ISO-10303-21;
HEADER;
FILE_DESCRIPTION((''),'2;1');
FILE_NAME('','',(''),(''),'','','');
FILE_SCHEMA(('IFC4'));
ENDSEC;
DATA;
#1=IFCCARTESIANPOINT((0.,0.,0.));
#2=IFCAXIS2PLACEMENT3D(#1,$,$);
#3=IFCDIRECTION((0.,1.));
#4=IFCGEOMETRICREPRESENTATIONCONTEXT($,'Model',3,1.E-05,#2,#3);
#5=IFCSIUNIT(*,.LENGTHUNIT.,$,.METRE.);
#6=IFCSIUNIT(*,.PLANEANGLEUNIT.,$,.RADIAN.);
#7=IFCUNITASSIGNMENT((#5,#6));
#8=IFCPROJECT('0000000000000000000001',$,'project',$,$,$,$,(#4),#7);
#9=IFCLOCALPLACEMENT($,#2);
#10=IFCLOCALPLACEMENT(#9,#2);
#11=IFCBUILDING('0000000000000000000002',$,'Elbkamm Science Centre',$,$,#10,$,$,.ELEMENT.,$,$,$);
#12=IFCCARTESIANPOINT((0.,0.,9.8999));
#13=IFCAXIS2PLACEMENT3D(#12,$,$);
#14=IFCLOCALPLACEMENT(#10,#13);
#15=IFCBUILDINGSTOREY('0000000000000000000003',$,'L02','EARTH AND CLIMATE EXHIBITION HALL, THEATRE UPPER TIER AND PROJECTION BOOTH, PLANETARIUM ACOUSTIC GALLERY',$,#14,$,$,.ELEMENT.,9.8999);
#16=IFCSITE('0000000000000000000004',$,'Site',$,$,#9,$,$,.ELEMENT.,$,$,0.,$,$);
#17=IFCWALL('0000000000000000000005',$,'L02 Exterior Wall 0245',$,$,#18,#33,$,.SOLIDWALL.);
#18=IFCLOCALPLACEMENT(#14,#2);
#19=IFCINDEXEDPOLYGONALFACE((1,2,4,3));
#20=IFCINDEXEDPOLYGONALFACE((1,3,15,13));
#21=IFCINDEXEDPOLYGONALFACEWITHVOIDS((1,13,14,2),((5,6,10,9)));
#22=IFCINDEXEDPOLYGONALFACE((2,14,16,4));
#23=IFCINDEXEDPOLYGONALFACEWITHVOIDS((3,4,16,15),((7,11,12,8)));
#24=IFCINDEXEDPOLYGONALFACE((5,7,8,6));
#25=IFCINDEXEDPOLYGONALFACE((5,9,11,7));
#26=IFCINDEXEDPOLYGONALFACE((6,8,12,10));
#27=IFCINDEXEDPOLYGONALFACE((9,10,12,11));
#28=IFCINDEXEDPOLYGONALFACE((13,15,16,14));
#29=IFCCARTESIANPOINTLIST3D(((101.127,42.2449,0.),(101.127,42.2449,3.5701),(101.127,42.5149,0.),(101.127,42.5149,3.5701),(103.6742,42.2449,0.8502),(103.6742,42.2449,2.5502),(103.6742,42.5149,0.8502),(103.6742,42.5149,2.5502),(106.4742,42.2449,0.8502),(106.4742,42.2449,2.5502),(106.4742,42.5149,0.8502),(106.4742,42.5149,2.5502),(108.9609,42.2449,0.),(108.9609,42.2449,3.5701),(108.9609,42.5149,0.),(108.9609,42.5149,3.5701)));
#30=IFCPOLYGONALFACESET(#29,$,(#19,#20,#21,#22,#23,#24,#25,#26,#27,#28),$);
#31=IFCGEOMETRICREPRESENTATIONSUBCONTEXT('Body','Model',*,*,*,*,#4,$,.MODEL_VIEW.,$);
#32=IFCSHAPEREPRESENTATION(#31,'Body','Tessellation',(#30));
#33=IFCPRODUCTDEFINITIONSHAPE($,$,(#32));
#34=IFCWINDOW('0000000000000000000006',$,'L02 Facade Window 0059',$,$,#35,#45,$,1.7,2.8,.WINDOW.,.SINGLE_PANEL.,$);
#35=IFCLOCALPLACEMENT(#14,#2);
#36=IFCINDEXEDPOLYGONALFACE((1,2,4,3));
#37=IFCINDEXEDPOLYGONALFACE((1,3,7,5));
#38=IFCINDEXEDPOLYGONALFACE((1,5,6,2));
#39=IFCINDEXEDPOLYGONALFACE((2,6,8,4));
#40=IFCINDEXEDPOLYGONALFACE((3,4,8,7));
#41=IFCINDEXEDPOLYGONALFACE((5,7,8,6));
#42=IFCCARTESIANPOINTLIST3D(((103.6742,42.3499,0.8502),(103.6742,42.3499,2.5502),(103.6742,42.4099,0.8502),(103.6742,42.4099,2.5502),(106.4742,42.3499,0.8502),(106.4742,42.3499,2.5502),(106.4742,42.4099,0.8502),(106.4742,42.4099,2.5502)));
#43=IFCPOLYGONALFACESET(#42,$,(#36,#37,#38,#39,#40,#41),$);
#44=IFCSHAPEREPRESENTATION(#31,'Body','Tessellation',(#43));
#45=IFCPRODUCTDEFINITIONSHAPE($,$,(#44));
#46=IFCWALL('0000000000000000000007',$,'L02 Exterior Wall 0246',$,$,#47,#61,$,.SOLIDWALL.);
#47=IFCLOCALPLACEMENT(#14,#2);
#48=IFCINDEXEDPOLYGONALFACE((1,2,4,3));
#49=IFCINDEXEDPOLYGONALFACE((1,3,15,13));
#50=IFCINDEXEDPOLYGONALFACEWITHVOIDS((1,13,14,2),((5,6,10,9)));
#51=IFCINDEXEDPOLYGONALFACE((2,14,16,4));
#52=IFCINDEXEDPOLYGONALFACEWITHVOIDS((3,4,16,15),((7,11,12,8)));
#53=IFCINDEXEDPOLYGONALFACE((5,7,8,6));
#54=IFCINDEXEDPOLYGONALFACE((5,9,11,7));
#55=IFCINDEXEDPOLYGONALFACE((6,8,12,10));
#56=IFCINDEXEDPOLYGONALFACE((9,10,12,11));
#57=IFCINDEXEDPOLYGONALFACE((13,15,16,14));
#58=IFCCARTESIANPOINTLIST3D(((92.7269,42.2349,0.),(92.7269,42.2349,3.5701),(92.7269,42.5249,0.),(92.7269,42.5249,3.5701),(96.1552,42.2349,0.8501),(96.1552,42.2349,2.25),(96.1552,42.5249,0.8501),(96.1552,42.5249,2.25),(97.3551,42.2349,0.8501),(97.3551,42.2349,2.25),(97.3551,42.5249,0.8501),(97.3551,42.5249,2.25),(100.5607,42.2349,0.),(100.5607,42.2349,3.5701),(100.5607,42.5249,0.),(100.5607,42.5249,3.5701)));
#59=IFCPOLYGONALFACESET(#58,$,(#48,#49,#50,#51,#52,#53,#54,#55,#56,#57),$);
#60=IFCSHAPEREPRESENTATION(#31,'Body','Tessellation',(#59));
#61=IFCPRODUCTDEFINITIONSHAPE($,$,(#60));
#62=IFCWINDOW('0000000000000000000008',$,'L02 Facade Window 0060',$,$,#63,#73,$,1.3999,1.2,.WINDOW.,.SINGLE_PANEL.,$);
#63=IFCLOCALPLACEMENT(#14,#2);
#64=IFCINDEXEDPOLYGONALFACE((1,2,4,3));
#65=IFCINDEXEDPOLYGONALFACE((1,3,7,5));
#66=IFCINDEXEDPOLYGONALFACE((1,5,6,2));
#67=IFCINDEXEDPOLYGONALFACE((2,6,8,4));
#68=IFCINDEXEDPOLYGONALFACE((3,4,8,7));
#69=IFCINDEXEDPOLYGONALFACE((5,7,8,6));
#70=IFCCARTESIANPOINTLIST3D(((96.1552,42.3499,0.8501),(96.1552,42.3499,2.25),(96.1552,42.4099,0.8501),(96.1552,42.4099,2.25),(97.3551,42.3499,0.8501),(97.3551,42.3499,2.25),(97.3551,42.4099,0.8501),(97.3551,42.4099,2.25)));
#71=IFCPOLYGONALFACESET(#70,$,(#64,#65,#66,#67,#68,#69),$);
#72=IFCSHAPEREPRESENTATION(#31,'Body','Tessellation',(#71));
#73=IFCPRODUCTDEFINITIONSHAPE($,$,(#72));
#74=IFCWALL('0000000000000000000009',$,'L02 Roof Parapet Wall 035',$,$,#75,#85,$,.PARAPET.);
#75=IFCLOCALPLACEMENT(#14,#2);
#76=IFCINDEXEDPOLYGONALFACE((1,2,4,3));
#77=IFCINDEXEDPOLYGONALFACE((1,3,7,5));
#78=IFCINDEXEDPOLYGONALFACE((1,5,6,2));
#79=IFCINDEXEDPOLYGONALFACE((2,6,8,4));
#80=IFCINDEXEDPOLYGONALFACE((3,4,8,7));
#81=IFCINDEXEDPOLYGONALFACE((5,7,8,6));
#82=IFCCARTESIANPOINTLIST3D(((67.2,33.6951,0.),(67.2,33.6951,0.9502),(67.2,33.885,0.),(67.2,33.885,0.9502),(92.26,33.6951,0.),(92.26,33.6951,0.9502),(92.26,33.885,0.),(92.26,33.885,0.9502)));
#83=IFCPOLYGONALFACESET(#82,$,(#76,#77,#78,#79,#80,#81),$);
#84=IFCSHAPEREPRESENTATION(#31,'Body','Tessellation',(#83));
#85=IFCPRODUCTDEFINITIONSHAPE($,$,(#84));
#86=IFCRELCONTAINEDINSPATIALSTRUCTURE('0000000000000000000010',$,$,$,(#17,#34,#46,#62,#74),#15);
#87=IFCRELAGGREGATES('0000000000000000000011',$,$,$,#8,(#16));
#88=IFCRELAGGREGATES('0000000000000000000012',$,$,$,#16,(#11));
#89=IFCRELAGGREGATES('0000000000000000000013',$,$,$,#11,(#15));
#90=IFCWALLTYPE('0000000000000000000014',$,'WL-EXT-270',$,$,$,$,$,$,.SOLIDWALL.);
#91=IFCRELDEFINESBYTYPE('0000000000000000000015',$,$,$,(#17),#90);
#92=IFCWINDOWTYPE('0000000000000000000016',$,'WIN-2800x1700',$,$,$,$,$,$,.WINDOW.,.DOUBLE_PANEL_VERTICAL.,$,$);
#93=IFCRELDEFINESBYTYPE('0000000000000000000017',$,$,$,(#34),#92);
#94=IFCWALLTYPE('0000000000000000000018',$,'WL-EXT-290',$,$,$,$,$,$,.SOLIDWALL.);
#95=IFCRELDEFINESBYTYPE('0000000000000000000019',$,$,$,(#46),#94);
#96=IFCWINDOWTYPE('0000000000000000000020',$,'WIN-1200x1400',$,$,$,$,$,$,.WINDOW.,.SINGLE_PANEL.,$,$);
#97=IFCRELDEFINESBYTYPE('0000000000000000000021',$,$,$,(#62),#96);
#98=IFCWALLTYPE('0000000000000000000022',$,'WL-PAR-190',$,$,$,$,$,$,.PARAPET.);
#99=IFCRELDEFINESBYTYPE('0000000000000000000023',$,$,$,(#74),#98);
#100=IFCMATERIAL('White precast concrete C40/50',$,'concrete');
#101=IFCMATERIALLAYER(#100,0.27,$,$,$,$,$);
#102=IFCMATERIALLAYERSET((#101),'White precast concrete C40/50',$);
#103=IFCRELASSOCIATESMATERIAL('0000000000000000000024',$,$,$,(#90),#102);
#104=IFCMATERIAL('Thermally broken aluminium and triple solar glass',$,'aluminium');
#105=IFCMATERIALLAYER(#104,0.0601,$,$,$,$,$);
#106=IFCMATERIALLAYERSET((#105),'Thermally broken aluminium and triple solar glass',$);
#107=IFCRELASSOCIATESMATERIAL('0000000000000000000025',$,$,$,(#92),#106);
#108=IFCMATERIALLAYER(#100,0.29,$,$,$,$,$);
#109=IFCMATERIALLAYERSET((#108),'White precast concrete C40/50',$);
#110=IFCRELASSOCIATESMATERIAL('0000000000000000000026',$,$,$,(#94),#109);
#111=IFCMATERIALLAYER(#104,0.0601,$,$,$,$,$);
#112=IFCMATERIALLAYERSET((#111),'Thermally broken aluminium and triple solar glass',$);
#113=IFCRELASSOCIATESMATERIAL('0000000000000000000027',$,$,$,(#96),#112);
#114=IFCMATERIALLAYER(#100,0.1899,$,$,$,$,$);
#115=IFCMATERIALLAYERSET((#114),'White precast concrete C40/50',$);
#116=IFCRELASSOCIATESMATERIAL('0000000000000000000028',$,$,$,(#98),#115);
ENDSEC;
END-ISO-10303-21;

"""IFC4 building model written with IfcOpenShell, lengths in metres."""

from ifc_helpers import new_model, si_unit, direction, frame, frame_2d, origin, place, context, subcontext, project, spatial, rectangle, extrude, material, layer, layer_set, type_object, element, fill, save


model = new_model("IFC4")

# Units and contexts
model_context = context("Model", 3, precision=1e-05, world=origin(), true_north=direction((0.0, 1.0)))
body_context = subcontext(model_context, "Body", "Model", "MODEL_VIEW")
ifc_project = project(units=[si_unit("LENGTHUNIT", "METRE"), si_unit("PLANEANGLEUNIT", "RADIAN")], contexts=[model_context])

# Site, building, storey
site_placement = place(None, origin())
site = spatial("IfcSite", under=ifc_project, at=site_placement, Name="Site", CompositionType="ELEMENT", RefElevation=0.0)
building_placement = place(site_placement, origin())
building = spatial("IfcBuilding", under=site, at=building_placement, Name="Elbkamm Science Centre", CompositionType="ELEMENT")
storey_placement = place(building_placement, frame((0.0, 0.0, 9.8999)))
storey = spatial("IfcBuildingStorey", under=building, at=storey_placement, Name="L02", Description="EARTH AND CLIMATE EXHIBITION HALL, THEATRE UPPER TIER AND PROJECTION BOOTH, PLANETARIUM ACOUSTIC GALLERY", CompositionType="ELEMENT", Elevation=9.8999)

# Walls, openings, windows
ifc_material_1 = material(Name="White precast concrete C40/50", Category="concrete")
ifc_layer_1 = layer(ifc_material_1, 0.27)
ifc_layer_set_1 = layer_set([ifc_layer_1], Name="White precast concrete C40/50")
wall_type_1 = type_object("IfcWallType", Name="WL-EXT-270", PredefinedType="SOLIDWALL", material=ifc_layer_set_1)
wall_1_placement = place(storey_placement, frame((108.9609, 42.3799, 0.0), z_axis=(0.0, 0.0, 1.0), x_axis=(-1.0, 0.0, 0.0)))
wall_1 = element("IfcWall", 1, at=wall_1_placement, inside=storey, type_object=wall_type_1, Name="L02 Exterior Wall 0245", PredefinedType="SOLIDWALL", context=body_context, shape_type="SweptSolid", body=[
    extrude(rectangle(XDim=7.834, YDim=0.27, at=frame_2d((3.917, 0.0))), origin(), (0.0, 0.0, 1.0), 3.5701),
])
opening_1_placement = place(wall_1_placement, frame((2.4868, 0.0, 0.8501)))
opening_1 = element("IfcOpeningElement", 2, at=opening_1_placement, cuts=wall_1, PredefinedType="OPENING", context=body_context, shape_type="SweptSolid", body=[
    extrude(rectangle(XDim=2.8, YDim=1.7, at=frame_2d((1.3999, 0.8501))), frame((0.0, 0.147, 0.0), z_axis=(0.0, -1.0, 0.0), x_axis=(1.0, 0.0, 0.0)), (0.0, 0.0, 1.0), 0.2939),
])
ifc_material_2 = material(Name="Thermally broken aluminium and triple solar glass", Category="aluminium")
ifc_layer_2 = layer(ifc_material_2, 0.0601)
ifc_layer_set_2 = layer_set([ifc_layer_2], Name="Thermally broken aluminium and triple solar glass")
window_type_1 = type_object("IfcWindowType", Name="WIN-2800x1700", PartitioningType="DOUBLE_PANEL_VERTICAL", PredefinedType="WINDOW", material=ifc_layer_set_2)
window_1_placement = place(opening_1_placement, origin())
window_1 = element("IfcWindow", 3, at=window_1_placement, inside=storey, type_object=window_type_1, Name="L02 Facade Window 0059", OverallHeight=1.7, OverallWidth=2.8, PartitioningType="SINGLE_PANEL", PredefinedType="WINDOW", context=body_context, shape_type="SweptSolid", body=[
    extrude(rectangle(XDim=2.8, YDim=1.7, at=frame_2d((1.3999, 0.8501))), frame((0.0, 0.03, 0.0), z_axis=(0.0, -1.0, 0.0), x_axis=(1.0, 0.0, 0.0)), (0.0, 0.0, 1.0), 0.0601),
])
fill(opening_1, window_1)
ifc_layer_3 = layer(ifc_material_1, 0.29)
ifc_layer_set_3 = layer_set([ifc_layer_3], Name="White precast concrete C40/50")
wall_type_2 = type_object("IfcWallType", Name="WL-EXT-290", PredefinedType="SOLIDWALL", material=ifc_layer_set_3)
wall_2_placement = place(storey_placement, frame((100.5608, 42.3799, 0.0), z_axis=(0.0, 0.0, 1.0), x_axis=(-1.0, 0.0, 0.0)))
wall_2 = element("IfcWall", 4, at=wall_2_placement, inside=storey, type_object=wall_type_2, Name="L02 Exterior Wall 0246", PredefinedType="SOLIDWALL", context=body_context, shape_type="SweptSolid", body=[
    extrude(rectangle(XDim=7.8337, YDim=0.29, at=frame_2d((3.917, 0.0))), origin(), (0.0, 0.0, 1.0), 3.5701),
])
opening_2_placement = place(wall_2_placement, frame((3.2056, 0.0, 0.8501)))
opening_2 = element("IfcOpeningElement", 5, at=opening_2_placement, cuts=wall_2, PredefinedType="OPENING", context=body_context, shape_type="SweptSolid", body=[
    extrude(rectangle(XDim=1.2, YDim=1.3999, at=frame_2d((0.6001, 0.7))), frame((0.0, 0.157, 0.0), z_axis=(0.0, -1.0, 0.0), x_axis=(1.0, 0.0, 0.0)), (0.0, 0.0, 1.0), 0.314),
])
ifc_layer_4 = layer(ifc_material_2, 0.0601)
ifc_layer_set_4 = layer_set([ifc_layer_4], Name="Thermally broken aluminium and triple solar glass")
window_type_2 = type_object("IfcWindowType", Name="WIN-1200x1400", PartitioningType="SINGLE_PANEL", PredefinedType="WINDOW", material=ifc_layer_set_4)
window_2_placement = place(opening_2_placement, origin())
window_2 = element("IfcWindow", 6, at=window_2_placement, inside=storey, type_object=window_type_2, Name="L02 Facade Window 0060", OverallHeight=1.3999, OverallWidth=1.2, PartitioningType="SINGLE_PANEL", PredefinedType="WINDOW", context=body_context, shape_type="SweptSolid", body=[
    extrude(rectangle(XDim=1.2, YDim=1.3999, at=frame_2d((0.6001, 0.7))), frame((0.0, 0.03, 0.0), z_axis=(0.0, -1.0, 0.0), x_axis=(1.0, 0.0, 0.0)), (0.0, 0.0, 1.0), 0.0601),
])
fill(opening_2, window_2)

# Wall
ifc_layer_5 = layer(ifc_material_1, 0.1899)
ifc_layer_set_5 = layer_set([ifc_layer_5], Name="White precast concrete C40/50")
wall_type_3 = type_object("IfcWallType", Name="WL-PAR-190", PredefinedType="PARAPET", material=ifc_layer_set_5)
wall_3_placement = place(storey_placement, frame((92.26, 33.79, 0.0), z_axis=(0.0, 0.0, 1.0), x_axis=(-1.0, 0.0, 0.0)))
element("IfcWall", 7, at=wall_3_placement, inside=storey, type_object=wall_type_3, Name="L02 Roof Parapet Wall 035", PredefinedType="PARAPET", context=body_context, shape_type="SweptSolid", body=[
    extrude(rectangle(XDim=25.0601, YDim=0.1899, at=frame_2d((12.53, 0.0))), origin(), (0.0, 0.0, 1.0), 0.9502),
])

save(model, "model.ifc")
